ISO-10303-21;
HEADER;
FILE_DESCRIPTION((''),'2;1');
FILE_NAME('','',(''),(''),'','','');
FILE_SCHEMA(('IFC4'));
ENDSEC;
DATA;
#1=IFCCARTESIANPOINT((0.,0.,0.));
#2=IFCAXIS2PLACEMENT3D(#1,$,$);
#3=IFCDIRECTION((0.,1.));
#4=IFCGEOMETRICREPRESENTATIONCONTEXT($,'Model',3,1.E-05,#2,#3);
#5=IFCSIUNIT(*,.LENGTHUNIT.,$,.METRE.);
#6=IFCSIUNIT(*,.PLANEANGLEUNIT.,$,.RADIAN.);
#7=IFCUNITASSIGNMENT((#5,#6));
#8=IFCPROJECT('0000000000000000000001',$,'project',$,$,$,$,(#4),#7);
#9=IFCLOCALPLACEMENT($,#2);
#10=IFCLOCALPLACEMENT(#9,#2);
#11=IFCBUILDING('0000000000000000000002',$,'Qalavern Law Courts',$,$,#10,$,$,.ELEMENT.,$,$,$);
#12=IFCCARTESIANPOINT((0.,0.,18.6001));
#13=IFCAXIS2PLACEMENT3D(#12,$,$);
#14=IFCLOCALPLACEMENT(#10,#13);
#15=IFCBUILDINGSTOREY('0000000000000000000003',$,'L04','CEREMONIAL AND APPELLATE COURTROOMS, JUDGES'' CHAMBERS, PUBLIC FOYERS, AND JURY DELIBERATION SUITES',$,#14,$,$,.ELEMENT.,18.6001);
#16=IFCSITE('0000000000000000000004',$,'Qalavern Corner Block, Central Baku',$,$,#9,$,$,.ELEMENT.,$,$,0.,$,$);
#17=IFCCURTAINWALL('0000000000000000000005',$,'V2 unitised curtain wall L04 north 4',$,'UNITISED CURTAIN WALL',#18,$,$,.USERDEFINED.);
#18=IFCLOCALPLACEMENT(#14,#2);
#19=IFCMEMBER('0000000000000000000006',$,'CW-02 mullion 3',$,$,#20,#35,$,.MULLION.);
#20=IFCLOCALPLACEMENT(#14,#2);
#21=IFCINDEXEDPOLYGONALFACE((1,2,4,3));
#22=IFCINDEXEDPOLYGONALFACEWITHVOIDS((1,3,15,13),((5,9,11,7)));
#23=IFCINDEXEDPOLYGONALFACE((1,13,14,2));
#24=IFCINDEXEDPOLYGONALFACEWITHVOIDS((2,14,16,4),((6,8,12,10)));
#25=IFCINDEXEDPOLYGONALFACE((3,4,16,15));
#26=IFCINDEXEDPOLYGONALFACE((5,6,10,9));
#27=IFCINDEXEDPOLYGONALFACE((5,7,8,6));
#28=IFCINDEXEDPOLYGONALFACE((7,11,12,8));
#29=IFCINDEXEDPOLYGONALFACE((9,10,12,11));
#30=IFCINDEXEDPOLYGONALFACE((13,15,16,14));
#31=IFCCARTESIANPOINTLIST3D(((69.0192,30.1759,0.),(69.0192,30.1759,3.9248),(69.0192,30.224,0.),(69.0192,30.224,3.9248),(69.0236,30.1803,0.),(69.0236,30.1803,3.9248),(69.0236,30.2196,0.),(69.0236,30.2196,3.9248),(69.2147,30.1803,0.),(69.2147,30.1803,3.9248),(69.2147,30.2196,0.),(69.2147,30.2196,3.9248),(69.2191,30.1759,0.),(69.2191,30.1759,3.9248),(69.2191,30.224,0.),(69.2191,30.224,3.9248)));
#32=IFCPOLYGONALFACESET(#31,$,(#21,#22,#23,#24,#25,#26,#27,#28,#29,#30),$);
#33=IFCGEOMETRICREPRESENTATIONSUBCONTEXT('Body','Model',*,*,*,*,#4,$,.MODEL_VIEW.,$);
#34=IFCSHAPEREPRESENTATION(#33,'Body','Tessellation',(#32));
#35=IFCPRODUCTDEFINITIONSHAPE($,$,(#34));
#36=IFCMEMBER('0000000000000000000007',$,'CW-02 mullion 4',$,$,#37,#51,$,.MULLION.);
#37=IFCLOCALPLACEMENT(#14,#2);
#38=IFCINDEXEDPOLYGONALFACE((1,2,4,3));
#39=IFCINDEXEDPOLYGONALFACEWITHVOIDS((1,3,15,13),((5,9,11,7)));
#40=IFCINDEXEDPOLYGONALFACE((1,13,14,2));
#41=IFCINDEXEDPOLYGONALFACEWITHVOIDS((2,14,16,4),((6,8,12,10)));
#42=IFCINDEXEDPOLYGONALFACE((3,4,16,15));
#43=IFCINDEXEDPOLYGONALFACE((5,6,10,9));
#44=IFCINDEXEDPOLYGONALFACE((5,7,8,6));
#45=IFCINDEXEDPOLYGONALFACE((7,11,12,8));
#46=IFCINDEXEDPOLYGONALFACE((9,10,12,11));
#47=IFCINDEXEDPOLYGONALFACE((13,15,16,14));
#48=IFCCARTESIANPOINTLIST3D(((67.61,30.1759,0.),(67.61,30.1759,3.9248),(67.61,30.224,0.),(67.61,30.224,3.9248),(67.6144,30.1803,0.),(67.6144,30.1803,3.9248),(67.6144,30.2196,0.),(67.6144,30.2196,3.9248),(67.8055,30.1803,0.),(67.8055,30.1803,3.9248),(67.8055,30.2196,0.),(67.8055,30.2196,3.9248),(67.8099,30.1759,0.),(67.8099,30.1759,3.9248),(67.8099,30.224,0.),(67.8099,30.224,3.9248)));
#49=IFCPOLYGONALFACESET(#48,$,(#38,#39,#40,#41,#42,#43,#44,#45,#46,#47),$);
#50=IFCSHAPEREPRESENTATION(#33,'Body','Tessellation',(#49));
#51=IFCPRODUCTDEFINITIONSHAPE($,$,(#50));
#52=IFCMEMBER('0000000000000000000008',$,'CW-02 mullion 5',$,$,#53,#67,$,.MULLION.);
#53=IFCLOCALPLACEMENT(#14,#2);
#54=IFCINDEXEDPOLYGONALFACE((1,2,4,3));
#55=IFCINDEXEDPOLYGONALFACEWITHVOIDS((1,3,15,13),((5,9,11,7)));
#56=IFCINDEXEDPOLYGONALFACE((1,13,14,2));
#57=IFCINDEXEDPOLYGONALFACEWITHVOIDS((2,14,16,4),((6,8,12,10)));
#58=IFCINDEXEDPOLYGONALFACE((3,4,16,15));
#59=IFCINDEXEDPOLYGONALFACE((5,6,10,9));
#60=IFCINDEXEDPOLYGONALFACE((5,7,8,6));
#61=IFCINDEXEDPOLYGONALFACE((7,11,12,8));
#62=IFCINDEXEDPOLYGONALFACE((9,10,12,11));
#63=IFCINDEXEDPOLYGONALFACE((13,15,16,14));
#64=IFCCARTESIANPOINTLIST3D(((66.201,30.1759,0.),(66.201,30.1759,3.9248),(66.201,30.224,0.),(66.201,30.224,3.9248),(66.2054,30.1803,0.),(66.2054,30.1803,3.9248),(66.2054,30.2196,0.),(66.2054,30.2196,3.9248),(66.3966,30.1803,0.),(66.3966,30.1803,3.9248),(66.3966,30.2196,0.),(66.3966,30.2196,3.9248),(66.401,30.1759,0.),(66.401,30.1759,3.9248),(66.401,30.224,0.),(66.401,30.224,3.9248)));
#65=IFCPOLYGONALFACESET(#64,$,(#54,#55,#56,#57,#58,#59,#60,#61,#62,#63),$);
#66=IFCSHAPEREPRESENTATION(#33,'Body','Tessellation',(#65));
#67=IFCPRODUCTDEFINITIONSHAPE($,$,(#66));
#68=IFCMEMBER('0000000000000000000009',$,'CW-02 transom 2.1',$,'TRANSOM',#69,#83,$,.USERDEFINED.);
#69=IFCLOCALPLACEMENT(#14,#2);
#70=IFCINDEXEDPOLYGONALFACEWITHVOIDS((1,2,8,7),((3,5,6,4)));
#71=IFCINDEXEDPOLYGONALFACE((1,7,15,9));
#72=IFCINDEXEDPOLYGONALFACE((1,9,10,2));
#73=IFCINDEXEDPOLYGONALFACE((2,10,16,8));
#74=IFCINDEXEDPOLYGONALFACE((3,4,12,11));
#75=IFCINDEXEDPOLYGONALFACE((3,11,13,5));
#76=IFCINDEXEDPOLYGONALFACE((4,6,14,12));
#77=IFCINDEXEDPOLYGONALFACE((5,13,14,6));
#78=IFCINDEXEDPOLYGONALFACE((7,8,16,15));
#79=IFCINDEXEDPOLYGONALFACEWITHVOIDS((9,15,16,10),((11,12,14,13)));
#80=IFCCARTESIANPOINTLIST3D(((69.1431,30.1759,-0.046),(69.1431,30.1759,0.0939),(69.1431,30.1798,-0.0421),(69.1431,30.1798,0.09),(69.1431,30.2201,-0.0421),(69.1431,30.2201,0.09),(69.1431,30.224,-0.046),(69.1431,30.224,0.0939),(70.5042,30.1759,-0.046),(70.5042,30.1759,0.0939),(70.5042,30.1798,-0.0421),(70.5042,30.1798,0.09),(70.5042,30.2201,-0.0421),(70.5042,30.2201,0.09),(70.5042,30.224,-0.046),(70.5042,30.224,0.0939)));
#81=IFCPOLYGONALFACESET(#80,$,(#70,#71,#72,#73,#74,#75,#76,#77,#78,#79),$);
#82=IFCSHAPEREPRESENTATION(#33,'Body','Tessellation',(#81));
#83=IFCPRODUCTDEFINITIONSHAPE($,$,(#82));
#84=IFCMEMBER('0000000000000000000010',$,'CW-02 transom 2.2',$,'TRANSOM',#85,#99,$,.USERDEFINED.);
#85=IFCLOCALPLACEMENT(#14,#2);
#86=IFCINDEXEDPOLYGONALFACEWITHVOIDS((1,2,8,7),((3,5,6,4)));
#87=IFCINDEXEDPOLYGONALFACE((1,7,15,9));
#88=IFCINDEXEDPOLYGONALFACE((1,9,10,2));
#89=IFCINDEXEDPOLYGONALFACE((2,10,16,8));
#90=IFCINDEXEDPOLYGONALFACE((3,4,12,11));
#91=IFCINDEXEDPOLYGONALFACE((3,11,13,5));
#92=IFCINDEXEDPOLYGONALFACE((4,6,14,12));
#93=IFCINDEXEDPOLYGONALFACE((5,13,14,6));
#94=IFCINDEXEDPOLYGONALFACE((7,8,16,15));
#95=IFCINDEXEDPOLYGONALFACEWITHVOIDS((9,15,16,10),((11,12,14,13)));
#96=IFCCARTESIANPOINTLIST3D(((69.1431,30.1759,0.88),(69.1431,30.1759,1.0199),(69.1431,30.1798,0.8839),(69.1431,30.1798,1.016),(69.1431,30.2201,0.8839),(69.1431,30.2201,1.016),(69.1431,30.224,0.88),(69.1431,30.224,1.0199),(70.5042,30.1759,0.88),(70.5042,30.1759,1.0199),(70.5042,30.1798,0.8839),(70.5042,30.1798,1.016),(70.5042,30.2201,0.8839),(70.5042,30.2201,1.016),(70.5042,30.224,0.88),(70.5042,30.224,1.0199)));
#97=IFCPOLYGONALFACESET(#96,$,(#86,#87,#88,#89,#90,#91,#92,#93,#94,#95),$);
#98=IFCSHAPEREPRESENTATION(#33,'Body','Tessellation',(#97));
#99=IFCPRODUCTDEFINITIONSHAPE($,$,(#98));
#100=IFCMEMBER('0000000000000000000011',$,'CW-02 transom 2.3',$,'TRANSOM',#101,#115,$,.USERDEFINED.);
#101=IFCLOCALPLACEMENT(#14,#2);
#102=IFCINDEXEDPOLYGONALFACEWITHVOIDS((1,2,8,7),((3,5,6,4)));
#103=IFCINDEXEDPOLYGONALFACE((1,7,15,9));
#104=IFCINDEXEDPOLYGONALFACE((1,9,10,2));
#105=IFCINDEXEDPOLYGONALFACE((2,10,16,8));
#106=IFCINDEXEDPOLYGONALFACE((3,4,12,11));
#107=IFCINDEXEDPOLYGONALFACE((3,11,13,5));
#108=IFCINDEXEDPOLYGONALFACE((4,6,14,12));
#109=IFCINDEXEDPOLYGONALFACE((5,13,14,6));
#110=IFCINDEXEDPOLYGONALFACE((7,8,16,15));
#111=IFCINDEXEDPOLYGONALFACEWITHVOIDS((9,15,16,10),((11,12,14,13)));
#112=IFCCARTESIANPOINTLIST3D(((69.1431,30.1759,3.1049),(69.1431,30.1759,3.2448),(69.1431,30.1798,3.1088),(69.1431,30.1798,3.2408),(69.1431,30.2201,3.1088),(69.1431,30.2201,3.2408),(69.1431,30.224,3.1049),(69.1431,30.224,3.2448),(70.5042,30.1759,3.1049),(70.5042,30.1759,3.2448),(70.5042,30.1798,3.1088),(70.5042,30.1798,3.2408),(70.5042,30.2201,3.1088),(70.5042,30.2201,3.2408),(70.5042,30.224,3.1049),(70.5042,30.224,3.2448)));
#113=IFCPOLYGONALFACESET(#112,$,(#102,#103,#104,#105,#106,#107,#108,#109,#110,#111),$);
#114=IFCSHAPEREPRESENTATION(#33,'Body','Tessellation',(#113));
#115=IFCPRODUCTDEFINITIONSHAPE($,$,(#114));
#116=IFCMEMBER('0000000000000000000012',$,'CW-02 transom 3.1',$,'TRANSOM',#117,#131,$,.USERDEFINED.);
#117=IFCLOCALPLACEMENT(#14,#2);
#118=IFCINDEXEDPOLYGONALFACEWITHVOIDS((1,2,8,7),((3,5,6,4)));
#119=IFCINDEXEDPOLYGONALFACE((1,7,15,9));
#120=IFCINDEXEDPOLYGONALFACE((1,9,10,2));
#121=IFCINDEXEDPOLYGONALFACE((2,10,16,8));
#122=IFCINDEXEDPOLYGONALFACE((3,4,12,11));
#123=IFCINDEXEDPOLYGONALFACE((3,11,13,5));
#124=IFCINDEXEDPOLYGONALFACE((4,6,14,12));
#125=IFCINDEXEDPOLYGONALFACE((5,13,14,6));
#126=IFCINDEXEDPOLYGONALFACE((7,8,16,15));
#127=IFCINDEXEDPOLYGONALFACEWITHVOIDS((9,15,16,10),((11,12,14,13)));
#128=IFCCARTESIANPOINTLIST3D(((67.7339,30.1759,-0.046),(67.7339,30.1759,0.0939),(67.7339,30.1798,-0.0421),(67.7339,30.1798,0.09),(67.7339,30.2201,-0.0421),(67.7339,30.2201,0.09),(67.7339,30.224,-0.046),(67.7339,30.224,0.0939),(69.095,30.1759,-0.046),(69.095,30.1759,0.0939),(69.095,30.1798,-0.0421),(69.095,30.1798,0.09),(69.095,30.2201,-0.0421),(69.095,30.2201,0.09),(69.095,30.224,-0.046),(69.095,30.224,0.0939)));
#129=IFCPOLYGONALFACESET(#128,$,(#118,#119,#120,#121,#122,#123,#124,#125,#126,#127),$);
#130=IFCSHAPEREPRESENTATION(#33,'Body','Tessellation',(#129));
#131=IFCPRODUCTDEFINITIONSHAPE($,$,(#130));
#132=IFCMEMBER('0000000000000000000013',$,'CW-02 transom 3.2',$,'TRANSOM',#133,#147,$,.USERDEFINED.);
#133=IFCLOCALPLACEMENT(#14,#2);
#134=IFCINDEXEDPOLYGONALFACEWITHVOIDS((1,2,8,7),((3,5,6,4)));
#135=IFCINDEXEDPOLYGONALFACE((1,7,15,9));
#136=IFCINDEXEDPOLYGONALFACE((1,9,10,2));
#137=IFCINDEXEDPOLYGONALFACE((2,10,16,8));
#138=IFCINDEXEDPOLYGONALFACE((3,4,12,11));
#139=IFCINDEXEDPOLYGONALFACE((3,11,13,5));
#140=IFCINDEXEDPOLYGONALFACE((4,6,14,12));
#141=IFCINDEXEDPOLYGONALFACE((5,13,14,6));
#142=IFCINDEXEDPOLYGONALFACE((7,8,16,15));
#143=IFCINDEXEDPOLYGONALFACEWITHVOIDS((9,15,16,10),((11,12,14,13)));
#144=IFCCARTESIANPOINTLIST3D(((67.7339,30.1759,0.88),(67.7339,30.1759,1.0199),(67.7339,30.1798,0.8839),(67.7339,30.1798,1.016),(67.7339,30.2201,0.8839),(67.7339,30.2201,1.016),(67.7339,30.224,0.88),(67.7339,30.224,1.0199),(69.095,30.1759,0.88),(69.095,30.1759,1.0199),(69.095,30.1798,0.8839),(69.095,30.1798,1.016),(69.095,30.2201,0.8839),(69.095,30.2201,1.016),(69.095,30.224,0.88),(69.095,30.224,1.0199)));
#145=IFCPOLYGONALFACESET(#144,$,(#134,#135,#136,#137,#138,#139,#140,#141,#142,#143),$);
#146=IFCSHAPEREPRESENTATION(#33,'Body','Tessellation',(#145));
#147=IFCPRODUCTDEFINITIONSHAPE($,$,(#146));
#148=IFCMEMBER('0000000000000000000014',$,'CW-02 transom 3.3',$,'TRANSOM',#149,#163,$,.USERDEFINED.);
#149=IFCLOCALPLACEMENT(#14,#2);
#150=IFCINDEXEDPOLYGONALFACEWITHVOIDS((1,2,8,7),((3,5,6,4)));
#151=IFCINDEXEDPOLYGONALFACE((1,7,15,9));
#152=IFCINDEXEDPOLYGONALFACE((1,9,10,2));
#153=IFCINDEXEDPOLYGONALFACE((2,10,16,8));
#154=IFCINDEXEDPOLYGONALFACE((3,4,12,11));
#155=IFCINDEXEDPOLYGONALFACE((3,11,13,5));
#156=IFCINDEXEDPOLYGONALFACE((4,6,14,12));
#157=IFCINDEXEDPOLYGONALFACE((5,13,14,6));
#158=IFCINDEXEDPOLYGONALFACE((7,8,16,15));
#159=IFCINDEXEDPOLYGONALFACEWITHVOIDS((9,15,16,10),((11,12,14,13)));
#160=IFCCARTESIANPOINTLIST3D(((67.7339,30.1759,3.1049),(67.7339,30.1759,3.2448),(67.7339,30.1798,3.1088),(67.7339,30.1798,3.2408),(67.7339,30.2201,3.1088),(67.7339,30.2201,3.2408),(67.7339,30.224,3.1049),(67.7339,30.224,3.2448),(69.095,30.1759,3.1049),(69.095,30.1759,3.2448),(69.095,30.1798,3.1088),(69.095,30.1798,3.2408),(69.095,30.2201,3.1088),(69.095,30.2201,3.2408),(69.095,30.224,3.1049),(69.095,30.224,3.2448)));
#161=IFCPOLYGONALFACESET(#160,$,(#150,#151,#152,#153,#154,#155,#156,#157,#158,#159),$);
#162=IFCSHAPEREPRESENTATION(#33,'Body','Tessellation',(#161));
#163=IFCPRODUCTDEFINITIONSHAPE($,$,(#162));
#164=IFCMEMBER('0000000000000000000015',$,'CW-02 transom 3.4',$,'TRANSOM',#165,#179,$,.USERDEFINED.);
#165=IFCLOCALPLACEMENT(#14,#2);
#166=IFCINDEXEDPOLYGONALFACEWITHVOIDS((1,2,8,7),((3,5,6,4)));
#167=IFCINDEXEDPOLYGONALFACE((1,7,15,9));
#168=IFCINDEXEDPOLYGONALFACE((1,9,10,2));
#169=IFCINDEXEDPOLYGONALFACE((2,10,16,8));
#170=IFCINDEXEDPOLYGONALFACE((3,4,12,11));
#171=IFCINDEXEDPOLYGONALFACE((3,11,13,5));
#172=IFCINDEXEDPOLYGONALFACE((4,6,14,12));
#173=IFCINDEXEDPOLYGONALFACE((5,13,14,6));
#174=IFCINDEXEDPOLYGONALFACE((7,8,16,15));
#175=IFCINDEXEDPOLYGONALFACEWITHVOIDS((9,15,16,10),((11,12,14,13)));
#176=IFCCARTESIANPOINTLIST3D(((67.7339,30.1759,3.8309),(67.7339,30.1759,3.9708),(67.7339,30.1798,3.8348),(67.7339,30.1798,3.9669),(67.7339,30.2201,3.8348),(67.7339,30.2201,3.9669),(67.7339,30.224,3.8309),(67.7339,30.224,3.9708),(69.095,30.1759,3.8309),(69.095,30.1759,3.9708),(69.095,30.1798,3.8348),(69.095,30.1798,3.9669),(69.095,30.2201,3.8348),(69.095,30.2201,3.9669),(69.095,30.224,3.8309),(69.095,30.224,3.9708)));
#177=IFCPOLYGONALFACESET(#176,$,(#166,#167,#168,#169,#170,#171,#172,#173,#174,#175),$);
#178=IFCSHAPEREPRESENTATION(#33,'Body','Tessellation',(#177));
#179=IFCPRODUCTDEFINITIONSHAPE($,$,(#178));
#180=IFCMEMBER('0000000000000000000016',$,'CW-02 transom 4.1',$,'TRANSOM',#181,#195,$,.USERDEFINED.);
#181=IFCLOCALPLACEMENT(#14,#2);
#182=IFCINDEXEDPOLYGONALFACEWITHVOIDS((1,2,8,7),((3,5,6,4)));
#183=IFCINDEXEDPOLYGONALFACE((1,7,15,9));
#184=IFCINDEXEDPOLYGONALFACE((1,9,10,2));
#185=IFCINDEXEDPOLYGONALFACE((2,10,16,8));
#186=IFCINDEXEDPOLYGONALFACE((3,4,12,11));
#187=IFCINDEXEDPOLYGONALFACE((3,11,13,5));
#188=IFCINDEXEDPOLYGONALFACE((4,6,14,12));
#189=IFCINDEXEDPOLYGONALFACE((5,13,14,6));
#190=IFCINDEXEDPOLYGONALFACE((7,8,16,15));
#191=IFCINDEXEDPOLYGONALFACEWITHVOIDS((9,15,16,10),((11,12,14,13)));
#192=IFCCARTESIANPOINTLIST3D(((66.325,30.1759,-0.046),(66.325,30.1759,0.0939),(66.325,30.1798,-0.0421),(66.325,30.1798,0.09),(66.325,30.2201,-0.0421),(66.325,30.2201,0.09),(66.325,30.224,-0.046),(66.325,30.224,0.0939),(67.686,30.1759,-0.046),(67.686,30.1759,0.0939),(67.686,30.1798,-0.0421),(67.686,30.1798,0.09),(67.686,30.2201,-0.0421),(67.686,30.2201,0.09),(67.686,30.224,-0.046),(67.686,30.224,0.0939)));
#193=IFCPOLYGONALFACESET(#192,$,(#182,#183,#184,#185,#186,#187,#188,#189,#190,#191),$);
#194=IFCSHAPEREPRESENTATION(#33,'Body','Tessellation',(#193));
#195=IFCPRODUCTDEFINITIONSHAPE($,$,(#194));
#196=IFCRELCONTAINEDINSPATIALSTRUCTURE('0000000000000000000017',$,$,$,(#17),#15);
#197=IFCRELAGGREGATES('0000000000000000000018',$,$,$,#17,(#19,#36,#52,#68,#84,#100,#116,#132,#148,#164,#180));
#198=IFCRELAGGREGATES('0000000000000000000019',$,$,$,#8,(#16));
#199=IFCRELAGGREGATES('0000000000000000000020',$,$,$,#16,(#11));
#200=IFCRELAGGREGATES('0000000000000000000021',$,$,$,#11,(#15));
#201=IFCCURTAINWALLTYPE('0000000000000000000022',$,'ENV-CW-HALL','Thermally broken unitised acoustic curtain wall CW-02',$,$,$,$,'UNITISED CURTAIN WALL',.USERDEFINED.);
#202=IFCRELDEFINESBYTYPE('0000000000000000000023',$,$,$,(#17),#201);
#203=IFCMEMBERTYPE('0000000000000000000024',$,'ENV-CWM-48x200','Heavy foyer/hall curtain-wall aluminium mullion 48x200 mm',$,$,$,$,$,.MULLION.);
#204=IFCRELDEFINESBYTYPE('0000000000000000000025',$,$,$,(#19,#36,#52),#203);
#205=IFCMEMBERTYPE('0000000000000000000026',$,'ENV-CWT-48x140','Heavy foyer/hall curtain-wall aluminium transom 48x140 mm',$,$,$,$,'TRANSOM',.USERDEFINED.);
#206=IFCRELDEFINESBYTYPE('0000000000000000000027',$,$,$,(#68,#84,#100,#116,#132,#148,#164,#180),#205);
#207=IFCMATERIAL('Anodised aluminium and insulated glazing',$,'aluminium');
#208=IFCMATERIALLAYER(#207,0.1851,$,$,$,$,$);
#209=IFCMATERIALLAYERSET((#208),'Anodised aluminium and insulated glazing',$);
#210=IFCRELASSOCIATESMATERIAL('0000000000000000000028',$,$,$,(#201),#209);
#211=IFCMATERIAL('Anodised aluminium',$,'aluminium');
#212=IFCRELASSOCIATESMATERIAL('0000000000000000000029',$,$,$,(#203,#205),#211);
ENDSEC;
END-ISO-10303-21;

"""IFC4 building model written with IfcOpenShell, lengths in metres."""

from ifc_helpers import new_model, si_unit, direction, frame, origin, origin_2d, place, context, subcontext, project, spatial, hollow_rectangle, extrude, material, layer, layer_set, material_profile, profile_set, type_object, element, aggregate, save


model = new_model("IFC4")

# Units and contexts
model_context = context("Model", 3, precision=1e-05, world=origin(), true_north=direction((0.0, 1.0)))
body_context = subcontext(model_context, "Body", "Model", "MODEL_VIEW")
ifc_project = project(units=[si_unit("LENGTHUNIT", "METRE"), si_unit("PLANEANGLEUNIT", "RADIAN")], contexts=[model_context])

# Site, building, storey
site_placement = place(None, origin())
site = spatial("IfcSite", under=ifc_project, at=site_placement, Name="Qalavern Corner Block, Central Baku", CompositionType="ELEMENT", RefElevation=0.0)
building_placement = place(site_placement, origin())
building = spatial("IfcBuilding", under=site, at=building_placement, Name="Qalavern Law Courts", CompositionType="ELEMENT")
storey_placement = place(building_placement, frame((0.0, 0.0, 18.6001)))
storey = spatial("IfcBuildingStorey", under=building, at=storey_placement, Name="L04", Description="CEREMONIAL AND APPELLATE COURTROOMS, JUDGES' CHAMBERS, PUBLIC FOYERS, AND JURY DELIBERATION SUITES", CompositionType="ELEMENT", Elevation=18.6001)

# Curtain wall, members
ifc_material_1 = material(Name="Anodised aluminium and insulated glazing", Category="aluminium")
ifc_layer_1 = layer(ifc_material_1, 0.1851)
ifc_layer_set_1 = layer_set([ifc_layer_1], Name="Anodised aluminium and insulated glazing")
curtain_wall_type = type_object("IfcCurtainWallType", Name="ENV-CW-HALL", Description="Thermally broken unitised acoustic curtain wall CW-02", ElementType="UNITISED CURTAIN WALL", PredefinedType="USERDEFINED", material=ifc_layer_set_1)
curtain_wall_placement = place(storey_placement, origin())
curtain_wall = element("IfcCurtainWall", 1, at=curtain_wall_placement, inside=storey, type_object=curtain_wall_type, Name="V2 unitised curtain wall L04 north 4", ObjectType="UNITISED CURTAIN WALL", PredefinedType="USERDEFINED")
ifc_material_2 = material(Name="Anodised aluminium", Category="aluminium")
ifc_material_profile_1 = material_profile(ifc_material_2, hollow_rectangle(XDim=0.0481, YDim=0.2, WallThickness=0.0044, at=origin_2d()), Name="ALU MULLION 48x200")
ifc_profile_set_1 = profile_set([ifc_material_profile_1], Name="Anodised aluminium")
member_type_1 = type_object("IfcMemberType", Name="ENV-CWM-48x200", Description="Heavy foyer/hall curtain-wall aluminium mullion 48x200 mm", PredefinedType="MULLION", material=ifc_profile_set_1)
member_1_placement = place(storey_placement, frame((69.1191, 30.2, 0.0), z_axis=(0.0, 0.0, 1.0), x_axis=(0.0, -1.0, 0.0)))
member_1 = element("IfcMember", 2, at=member_1_placement, type_object=member_type_1, Name="CW-02 mullion 3", PredefinedType="MULLION", context=body_context, shape_type="SweptSolid", body=[
    extrude(hollow_rectangle(XDim=0.0481, YDim=0.2, WallThickness=0.0044, at=origin_2d()), origin(), (0.0, 0.0, 1.0), 3.9248),
])
member_2_placement = place(storey_placement, frame((67.71, 30.2, 0.0), z_axis=(0.0, 0.0, 1.0), x_axis=(0.0, -1.0, 0.0)))
member_2 = element("IfcMember", 3, at=member_2_placement, type_object=member_type_1, Name="CW-02 mullion 4", PredefinedType="MULLION", context=body_context, shape_type="SweptSolid", body=[
    extrude(hollow_rectangle(XDim=0.0481, YDim=0.2, WallThickness=0.0044, at=origin_2d()), origin(), (0.0, 0.0, 1.0), 3.9248),
])
member_3_placement = place(storey_placement, frame((66.301, 30.2, 0.0), z_axis=(0.0, 0.0, 1.0), x_axis=(0.0, -1.0, 0.0)))
member_3 = element("IfcMember", 4, at=member_3_placement, type_object=member_type_1, Name="CW-02 mullion 5", PredefinedType="MULLION", context=body_context, shape_type="SweptSolid", body=[
    extrude(hollow_rectangle(XDim=0.0481, YDim=0.2, WallThickness=0.0044, at=origin_2d()), origin(), (0.0, 0.0, 1.0), 3.9248),
])
ifc_material_profile_2 = material_profile(ifc_material_2, hollow_rectangle(XDim=0.0481, YDim=0.1399, WallThickness=0.0039, at=origin_2d()), Name="ALU TRANSOM 48x140")
ifc_profile_set_2 = profile_set([ifc_material_profile_2], Name="Anodised aluminium")
member_type_2 = type_object("IfcMemberType", Name="ENV-CWT-48x140", Description="Heavy foyer/hall curtain-wall aluminium transom 48x140 mm", ElementType="TRANSOM", PredefinedType="USERDEFINED", material=ifc_profile_set_2)
member_4_placement = place(storey_placement, frame((70.5042, 30.2, 0.0239), z_axis=(-1.0, 0.0, 0.0), x_axis=(0.0, -1.0, 0.0)))
member_4 = element("IfcMember", 5, at=member_4_placement, type_object=member_type_2, Name="CW-02 transom 2.1", ObjectType="TRANSOM", PredefinedType="USERDEFINED", context=body_context, shape_type="SweptSolid", body=[
    extrude(hollow_rectangle(XDim=0.0481, YDim=0.1399, WallThickness=0.0039, at=origin_2d()), origin(), (0.0, 0.0, 1.0), 1.3611),
])
member_5_placement = place(storey_placement, frame((70.5042, 30.2, 0.95), z_axis=(-1.0, 0.0, 0.0), x_axis=(0.0, -1.0, 0.0)))
member_5 = element("IfcMember", 6, at=member_5_placement, type_object=member_type_2, Name="CW-02 transom 2.2", ObjectType="TRANSOM", PredefinedType="USERDEFINED", context=body_context, shape_type="SweptSolid", body=[
    extrude(hollow_rectangle(XDim=0.0481, YDim=0.1399, WallThickness=0.0039, at=origin_2d()), origin(), (0.0, 0.0, 1.0), 1.3611),
])
member_6_placement = place(storey_placement, frame((70.5042, 30.2, 3.1748), z_axis=(-1.0, 0.0, 0.0), x_axis=(0.0, -1.0, 0.0)))
member_6 = element("IfcMember", 7, at=member_6_placement, type_object=member_type_2, Name="CW-02 transom 2.3", ObjectType="TRANSOM", PredefinedType="USERDEFINED", context=body_context, shape_type="SweptSolid", body=[
    extrude(hollow_rectangle(XDim=0.0481, YDim=0.1399, WallThickness=0.0039, at=origin_2d()), origin(), (0.0, 0.0, 1.0), 1.3611),
])
member_7_placement = place(storey_placement, frame((69.095, 30.2, 0.0239), z_axis=(-1.0, 0.0, 0.0), x_axis=(0.0, -1.0, 0.0)))
member_7 = element("IfcMember", 8, at=member_7_placement, type_object=member_type_2, Name="CW-02 transom 3.1", ObjectType="TRANSOM", PredefinedType="USERDEFINED", context=body_context, shape_type="SweptSolid", body=[
    extrude(hollow_rectangle(XDim=0.0481, YDim=0.1399, WallThickness=0.0039, at=origin_2d()), origin(), (0.0, 0.0, 1.0), 1.3611),
])
member_8_placement = place(storey_placement, frame((69.095, 30.2, 0.95), z_axis=(-1.0, 0.0, 0.0), x_axis=(0.0, -1.0, 0.0)))
member_8 = element("IfcMember", 9, at=member_8_placement, type_object=member_type_2, Name="CW-02 transom 3.2", ObjectType="TRANSOM", PredefinedType="USERDEFINED", context=body_context, shape_type="SweptSolid", body=[
    extrude(hollow_rectangle(XDim=0.0481, YDim=0.1399, WallThickness=0.0039, at=origin_2d()), origin(), (0.0, 0.0, 1.0), 1.3611),
])
member_9_placement = place(storey_placement, frame((69.095, 30.2, 3.1748), z_axis=(-1.0, 0.0, 0.0), x_axis=(0.0, -1.0, 0.0)))
member_9 = element("IfcMember", 10, at=member_9_placement, type_object=member_type_2, Name="CW-02 transom 3.3", ObjectType="TRANSOM", PredefinedType="USERDEFINED", context=body_context, shape_type="SweptSolid", body=[
    extrude(hollow_rectangle(XDim=0.0481, YDim=0.1399, WallThickness=0.0039, at=origin_2d()), origin(), (0.0, 0.0, 1.0), 1.3611),
])
member_10_placement = place(storey_placement, frame((69.095, 30.2, 3.9009), z_axis=(-1.0, 0.0, 0.0), x_axis=(0.0, -1.0, 0.0)))
member_10 = element("IfcMember", 11, at=member_10_placement, type_object=member_type_2, Name="CW-02 transom 3.4", ObjectType="TRANSOM", PredefinedType="USERDEFINED", context=body_context, shape_type="SweptSolid", body=[
    extrude(hollow_rectangle(XDim=0.0481, YDim=0.1399, WallThickness=0.0039, at=origin_2d()), origin(), (0.0, 0.0, 1.0), 1.3611),
])
member_11_placement = place(storey_placement, frame((67.686, 30.2, 0.0239), z_axis=(-1.0, 0.0, 0.0), x_axis=(0.0, -1.0, 0.0)))
member_11 = element("IfcMember", 12, at=member_11_placement, type_object=member_type_2, Name="CW-02 transom 4.1", ObjectType="TRANSOM", PredefinedType="USERDEFINED", context=body_context, shape_type="SweptSolid", body=[
    extrude(hollow_rectangle(XDim=0.0481, YDim=0.1399, WallThickness=0.0039, at=origin_2d()), origin(), (0.0, 0.0, 1.0), 1.3611),
])
aggregate(curtain_wall, [member_1, member_2, member_3, member_4, member_5, member_6, member_7, member_8, member_9, member_10, member_11])

save(model, "model.ifc")
